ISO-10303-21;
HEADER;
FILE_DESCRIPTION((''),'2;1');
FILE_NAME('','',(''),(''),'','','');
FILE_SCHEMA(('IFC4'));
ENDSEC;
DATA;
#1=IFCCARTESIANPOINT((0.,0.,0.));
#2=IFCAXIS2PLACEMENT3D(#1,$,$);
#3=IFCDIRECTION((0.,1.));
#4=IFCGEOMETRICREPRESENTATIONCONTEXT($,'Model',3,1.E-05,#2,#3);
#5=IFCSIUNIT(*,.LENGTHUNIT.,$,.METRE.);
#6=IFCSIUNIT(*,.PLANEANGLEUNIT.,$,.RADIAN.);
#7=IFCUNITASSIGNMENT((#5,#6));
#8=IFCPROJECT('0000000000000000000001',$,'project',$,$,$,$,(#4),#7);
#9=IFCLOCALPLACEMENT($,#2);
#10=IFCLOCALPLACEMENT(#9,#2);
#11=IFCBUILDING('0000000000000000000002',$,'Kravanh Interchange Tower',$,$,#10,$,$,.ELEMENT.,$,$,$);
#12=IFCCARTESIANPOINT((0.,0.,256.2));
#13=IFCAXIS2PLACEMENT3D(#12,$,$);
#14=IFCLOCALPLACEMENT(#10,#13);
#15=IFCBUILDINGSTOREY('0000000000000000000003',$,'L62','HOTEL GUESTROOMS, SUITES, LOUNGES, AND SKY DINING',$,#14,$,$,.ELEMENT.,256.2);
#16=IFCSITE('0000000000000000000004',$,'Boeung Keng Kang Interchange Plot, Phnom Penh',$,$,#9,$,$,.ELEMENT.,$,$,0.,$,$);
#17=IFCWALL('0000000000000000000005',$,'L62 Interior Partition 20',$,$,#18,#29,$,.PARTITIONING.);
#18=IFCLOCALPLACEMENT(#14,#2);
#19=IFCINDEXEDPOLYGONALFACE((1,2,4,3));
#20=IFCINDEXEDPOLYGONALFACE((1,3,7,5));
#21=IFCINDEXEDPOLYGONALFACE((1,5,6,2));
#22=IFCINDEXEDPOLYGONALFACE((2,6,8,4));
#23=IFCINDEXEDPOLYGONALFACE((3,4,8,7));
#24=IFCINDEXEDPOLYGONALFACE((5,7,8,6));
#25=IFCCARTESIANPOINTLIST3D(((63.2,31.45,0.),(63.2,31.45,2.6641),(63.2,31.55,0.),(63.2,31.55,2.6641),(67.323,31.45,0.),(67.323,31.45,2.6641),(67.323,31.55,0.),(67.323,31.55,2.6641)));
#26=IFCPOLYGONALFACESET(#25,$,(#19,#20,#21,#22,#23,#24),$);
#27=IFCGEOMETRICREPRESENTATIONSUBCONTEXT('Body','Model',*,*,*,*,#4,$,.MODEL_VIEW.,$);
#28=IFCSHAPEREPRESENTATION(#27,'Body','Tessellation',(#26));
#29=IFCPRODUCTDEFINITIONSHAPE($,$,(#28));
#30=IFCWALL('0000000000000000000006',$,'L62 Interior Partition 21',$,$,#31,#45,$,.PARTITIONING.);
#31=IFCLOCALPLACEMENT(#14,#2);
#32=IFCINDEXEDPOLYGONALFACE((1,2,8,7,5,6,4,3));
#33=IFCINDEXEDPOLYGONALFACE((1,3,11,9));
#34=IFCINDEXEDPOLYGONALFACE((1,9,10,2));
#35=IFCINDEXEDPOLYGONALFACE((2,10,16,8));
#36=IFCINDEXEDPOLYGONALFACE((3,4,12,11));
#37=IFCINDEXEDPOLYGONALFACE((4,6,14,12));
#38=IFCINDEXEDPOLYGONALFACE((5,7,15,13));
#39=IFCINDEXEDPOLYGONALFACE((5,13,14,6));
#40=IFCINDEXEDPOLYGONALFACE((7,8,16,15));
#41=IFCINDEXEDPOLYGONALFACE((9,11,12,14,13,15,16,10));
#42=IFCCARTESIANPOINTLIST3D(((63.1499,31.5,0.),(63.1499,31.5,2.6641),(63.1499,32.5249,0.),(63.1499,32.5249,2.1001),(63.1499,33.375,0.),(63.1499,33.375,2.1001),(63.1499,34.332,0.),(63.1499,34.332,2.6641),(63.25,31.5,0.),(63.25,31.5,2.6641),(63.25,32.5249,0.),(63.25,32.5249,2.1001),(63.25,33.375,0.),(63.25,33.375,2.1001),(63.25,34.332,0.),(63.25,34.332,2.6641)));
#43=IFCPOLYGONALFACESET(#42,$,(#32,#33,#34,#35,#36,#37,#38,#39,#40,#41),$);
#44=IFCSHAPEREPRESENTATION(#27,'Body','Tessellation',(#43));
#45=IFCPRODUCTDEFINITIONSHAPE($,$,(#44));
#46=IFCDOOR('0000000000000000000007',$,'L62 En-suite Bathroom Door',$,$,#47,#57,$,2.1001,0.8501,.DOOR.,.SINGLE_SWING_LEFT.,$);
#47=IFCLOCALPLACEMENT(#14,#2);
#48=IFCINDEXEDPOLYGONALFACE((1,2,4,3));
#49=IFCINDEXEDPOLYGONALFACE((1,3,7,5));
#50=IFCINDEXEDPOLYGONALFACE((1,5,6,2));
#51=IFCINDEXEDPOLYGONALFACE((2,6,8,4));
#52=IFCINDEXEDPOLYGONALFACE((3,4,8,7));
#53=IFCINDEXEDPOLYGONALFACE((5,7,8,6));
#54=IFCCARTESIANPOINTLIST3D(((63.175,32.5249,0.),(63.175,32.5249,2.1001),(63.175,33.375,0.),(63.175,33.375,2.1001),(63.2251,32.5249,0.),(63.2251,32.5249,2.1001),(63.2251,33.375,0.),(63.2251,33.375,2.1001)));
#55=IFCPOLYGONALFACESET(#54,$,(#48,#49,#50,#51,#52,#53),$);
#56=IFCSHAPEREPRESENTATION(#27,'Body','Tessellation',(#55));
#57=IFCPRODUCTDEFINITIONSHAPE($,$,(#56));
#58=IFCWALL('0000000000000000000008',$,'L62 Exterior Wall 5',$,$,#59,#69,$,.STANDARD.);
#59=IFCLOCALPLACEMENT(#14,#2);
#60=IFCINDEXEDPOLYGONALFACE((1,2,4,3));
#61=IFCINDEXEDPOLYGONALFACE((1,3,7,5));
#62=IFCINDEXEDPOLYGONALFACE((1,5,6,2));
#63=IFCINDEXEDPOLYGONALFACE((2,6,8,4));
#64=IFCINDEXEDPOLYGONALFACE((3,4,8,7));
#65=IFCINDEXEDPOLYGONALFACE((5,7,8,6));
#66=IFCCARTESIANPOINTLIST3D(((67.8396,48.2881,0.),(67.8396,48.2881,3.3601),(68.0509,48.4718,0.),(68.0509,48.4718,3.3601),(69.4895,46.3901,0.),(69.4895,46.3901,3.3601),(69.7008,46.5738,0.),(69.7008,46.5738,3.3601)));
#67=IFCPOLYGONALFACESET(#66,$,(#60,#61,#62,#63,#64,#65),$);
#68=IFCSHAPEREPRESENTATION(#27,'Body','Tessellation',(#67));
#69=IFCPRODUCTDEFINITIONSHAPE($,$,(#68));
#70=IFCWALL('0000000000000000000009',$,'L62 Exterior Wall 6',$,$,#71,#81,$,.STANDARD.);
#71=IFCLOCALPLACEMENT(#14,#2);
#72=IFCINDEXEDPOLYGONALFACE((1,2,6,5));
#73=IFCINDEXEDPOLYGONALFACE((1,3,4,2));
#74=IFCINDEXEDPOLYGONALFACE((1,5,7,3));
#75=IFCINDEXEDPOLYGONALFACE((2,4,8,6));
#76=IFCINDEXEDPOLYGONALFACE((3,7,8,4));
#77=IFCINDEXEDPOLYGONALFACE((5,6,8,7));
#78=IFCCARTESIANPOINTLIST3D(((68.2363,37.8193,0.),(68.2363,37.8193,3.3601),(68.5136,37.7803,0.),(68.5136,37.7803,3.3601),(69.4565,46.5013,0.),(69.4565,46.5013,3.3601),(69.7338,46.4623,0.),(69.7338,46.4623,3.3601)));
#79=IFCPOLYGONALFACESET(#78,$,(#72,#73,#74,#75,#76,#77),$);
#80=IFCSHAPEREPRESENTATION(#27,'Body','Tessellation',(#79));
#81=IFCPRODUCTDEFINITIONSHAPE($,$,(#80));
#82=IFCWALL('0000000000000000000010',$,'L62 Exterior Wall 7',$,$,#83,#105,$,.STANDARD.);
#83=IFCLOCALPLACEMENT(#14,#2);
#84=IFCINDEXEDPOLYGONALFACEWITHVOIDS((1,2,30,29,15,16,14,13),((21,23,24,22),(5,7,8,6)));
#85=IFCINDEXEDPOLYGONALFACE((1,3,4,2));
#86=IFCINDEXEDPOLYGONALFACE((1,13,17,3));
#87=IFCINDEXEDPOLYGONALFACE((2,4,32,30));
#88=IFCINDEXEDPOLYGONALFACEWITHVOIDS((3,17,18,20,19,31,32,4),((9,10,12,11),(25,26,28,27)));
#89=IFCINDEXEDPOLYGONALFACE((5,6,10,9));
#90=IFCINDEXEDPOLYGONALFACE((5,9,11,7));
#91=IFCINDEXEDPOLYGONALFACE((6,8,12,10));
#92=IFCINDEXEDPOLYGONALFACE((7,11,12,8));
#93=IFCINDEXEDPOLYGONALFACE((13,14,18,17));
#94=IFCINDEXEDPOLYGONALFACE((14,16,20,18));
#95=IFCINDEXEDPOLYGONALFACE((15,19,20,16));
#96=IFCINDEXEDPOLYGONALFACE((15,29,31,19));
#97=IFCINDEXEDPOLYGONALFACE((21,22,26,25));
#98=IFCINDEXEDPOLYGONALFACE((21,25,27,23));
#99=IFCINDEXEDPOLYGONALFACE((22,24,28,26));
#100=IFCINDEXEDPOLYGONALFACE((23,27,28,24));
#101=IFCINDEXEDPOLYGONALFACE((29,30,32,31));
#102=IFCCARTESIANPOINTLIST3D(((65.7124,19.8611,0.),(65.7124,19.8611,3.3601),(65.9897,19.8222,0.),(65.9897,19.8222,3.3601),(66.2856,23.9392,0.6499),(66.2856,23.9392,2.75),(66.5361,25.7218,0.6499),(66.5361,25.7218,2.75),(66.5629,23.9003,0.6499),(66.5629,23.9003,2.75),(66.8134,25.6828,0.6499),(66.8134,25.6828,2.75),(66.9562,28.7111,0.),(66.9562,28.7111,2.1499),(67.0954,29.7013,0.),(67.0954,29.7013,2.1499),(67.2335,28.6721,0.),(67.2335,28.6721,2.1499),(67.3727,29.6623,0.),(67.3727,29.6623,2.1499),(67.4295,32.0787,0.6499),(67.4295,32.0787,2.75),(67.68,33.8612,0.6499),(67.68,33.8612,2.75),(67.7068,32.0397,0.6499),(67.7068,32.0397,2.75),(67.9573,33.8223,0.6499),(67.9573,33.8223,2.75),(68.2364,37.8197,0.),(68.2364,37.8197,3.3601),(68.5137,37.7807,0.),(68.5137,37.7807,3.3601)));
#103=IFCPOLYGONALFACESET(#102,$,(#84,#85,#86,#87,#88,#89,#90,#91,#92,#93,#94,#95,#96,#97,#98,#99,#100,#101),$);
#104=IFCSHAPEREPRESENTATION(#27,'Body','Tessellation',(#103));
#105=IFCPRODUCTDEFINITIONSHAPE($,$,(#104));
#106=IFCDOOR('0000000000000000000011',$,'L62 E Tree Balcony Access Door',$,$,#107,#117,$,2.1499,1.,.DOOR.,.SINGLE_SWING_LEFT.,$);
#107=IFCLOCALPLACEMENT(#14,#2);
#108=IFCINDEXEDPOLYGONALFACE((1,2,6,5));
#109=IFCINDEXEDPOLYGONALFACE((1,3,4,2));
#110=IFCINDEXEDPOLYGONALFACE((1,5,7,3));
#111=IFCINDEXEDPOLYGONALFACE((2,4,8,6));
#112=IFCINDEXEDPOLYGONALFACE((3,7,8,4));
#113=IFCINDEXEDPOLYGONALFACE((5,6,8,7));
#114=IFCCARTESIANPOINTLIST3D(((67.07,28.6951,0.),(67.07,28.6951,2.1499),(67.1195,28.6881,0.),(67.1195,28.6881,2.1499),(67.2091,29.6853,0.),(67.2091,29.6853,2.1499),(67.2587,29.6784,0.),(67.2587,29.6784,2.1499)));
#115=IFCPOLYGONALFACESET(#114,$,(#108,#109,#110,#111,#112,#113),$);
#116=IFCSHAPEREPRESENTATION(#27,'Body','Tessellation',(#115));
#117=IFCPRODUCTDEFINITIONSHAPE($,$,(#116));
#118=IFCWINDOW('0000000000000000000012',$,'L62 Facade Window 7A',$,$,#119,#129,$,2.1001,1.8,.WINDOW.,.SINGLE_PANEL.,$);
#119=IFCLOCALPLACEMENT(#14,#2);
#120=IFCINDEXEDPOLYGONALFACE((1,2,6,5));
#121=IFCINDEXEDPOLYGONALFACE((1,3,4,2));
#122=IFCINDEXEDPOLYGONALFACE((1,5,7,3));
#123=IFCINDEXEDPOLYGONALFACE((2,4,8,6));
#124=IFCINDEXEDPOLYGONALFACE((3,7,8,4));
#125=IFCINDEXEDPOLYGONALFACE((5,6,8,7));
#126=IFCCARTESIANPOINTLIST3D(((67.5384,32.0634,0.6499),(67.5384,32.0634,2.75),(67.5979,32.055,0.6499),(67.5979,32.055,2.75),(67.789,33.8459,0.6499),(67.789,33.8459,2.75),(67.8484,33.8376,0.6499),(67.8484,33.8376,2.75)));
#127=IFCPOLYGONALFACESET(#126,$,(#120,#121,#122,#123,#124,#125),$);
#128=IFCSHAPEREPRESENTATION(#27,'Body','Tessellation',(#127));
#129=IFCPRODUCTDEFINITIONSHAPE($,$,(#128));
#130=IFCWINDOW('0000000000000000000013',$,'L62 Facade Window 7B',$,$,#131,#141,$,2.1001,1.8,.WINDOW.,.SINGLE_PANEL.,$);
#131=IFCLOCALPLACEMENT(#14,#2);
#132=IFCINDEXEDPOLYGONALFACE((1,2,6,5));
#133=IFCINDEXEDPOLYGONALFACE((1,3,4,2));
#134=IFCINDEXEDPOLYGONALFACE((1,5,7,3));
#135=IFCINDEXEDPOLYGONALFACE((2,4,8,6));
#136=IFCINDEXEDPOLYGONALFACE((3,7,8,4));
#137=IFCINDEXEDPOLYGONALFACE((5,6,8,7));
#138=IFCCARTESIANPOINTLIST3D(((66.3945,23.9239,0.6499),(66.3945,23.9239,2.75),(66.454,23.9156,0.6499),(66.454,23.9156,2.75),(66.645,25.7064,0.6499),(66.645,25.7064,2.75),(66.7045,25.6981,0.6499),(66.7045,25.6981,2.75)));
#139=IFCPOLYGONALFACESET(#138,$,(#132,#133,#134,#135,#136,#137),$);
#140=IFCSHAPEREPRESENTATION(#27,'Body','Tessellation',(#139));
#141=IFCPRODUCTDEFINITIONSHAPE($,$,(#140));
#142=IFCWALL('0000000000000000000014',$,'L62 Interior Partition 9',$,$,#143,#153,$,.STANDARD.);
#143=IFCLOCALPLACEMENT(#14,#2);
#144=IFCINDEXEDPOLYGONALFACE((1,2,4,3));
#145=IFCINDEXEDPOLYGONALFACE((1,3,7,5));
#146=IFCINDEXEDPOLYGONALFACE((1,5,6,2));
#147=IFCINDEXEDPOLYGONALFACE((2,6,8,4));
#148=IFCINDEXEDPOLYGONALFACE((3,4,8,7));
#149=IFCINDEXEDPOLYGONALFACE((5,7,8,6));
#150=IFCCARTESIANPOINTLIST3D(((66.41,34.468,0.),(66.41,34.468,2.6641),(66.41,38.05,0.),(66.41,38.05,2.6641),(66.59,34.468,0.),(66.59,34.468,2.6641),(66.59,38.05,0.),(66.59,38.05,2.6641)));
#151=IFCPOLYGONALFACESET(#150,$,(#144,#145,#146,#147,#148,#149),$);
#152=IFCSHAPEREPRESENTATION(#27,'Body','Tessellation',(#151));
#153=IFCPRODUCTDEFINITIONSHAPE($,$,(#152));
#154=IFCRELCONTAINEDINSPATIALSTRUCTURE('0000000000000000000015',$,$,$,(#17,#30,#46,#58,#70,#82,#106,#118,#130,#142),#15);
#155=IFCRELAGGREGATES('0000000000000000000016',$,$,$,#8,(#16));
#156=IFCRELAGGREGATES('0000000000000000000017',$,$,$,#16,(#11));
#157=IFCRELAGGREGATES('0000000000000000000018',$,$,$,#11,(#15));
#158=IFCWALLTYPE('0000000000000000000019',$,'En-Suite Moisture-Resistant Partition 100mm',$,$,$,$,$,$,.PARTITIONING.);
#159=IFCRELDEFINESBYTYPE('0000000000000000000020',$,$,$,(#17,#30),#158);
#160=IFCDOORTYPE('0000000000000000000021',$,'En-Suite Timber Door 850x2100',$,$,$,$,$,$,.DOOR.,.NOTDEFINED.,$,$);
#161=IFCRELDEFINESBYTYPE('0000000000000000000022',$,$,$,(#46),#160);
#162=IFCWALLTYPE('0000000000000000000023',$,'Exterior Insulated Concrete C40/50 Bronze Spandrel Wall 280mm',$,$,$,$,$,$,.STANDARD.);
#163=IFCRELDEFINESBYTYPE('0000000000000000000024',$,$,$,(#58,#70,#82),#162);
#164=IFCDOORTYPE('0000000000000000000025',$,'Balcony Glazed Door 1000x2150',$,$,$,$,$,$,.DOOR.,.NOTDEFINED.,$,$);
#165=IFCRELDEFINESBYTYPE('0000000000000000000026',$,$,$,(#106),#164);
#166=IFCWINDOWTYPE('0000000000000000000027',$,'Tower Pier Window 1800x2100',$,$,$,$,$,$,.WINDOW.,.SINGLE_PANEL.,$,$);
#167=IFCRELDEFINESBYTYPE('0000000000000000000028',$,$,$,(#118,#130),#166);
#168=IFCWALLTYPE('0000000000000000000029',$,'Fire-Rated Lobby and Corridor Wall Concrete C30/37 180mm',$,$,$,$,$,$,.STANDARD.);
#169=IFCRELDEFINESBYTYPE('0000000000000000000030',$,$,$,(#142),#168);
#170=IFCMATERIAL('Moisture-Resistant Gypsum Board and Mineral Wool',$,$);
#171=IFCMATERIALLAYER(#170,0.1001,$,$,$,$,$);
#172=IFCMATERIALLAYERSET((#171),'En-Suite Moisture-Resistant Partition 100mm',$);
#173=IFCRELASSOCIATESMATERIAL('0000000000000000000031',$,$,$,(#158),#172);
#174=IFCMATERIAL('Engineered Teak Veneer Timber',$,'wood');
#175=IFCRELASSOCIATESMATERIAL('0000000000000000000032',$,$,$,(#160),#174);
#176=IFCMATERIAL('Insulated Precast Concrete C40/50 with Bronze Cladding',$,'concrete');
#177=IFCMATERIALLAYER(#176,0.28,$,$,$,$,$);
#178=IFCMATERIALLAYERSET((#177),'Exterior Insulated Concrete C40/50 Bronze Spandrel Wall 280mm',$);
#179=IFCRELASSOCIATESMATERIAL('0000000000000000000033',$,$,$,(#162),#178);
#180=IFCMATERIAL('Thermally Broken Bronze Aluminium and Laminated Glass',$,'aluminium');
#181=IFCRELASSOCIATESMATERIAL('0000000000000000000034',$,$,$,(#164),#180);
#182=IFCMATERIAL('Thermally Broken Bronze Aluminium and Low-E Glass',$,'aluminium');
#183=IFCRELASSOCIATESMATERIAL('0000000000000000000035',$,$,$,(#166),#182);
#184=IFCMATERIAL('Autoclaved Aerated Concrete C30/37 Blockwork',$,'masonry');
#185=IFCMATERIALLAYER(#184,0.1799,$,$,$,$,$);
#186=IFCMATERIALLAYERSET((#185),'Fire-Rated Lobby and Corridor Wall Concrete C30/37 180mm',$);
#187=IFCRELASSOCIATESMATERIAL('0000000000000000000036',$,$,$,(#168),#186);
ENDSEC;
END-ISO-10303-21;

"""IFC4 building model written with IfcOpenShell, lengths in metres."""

from ifc_helpers import new_model, si_unit, direction, frame, frame_2d, origin, place, context, subcontext, project, spatial, rectangle, extrude, material, layer, layer_set, type_object, element, fill, save


model = new_model("IFC4")

# Units and contexts
model_context = context("Model", 3, precision=1e-05, world=origin(), true_north=direction((0.0, 1.0)))
body_context = subcontext(model_context, "Body", "Model", "MODEL_VIEW")
ifc_project = project(units=[si_unit("LENGTHUNIT", "METRE"), si_unit("PLANEANGLEUNIT", "RADIAN")], contexts=[model_context])

# Site, building, storey
site_placement = place(None, origin())
site = spatial("IfcSite", under=ifc_project, at=site_placement, Name="Boeung Keng Kang Interchange Plot, Phnom Penh", CompositionType="ELEMENT", RefElevation=0.0)
building_placement = place(site_placement, origin())
building = spatial("IfcBuilding", under=site, at=building_placement, Name="Kravanh Interchange Tower", CompositionType="ELEMENT")
storey_placement = place(building_placement, frame((0.0, 0.0, 256.2)))
storey = spatial("IfcBuildingStorey", under=building, at=storey_placement, Name="L62", Description="HOTEL GUESTROOMS, SUITES, LOUNGES, AND SKY DINING", CompositionType="ELEMENT", Elevation=256.2)

# Wall
ifc_material_1 = material(Name="Moisture-Resistant Gypsum Board and Mineral Wool")
ifc_layer_1 = layer(ifc_material_1, 0.1001)
ifc_layer_set_1 = layer_set([ifc_layer_1], Name="En-Suite Moisture-Resistant Partition 100mm")
wall_type_1 = type_object("IfcWallType", Name="En-Suite Moisture-Resistant Partition 100mm", PredefinedType="PARTITIONING", material=ifc_layer_set_1)
wall_1_placement = place(storey_placement, frame((63.2, 31.5, 0.0), z_axis=(0.0, 0.0, 1.0), x_axis=(1.0, 0.0, 0.0)))
element("IfcWall", 1, at=wall_1_placement, inside=storey, type_object=wall_type_1, Name="L62 Interior Partition 20", PredefinedType="PARTITIONING", context=body_context, shape_type="SweptSolid", body=[
    extrude(rectangle(XDim=4.123, YDim=0.1001, at=frame_2d((2.0615, 0.0))), origin(), (0.0, 0.0, 1.0), 2.6641),
])

# Wall, opening, door
wall_2_placement = place(storey_placement, frame((63.2, 31.5, 0.0), z_axis=(0.0, 0.0, 1.0), x_axis=(0.0, 1.0, 0.0)))
wall_2 = element("IfcWall", 2, at=wall_2_placement, inside=storey, type_object=wall_type_1, Name="L62 Interior Partition 21", PredefinedType="PARTITIONING", context=body_context, shape_type="SweptSolid", body=[
    extrude(rectangle(XDim=2.832, YDim=0.1001, at=frame_2d((1.416, 0.0))), origin(), (0.0, 0.0, 1.0), 2.6641),
])
opening_1_placement = place(wall_2_placement, frame((1.0249, 0.0, 0.0)))
opening_1 = element("IfcOpeningElement", 3, at=opening_1_placement, cuts=wall_2, PredefinedType="OPENING", context=body_context, shape_type="SweptSolid", body=[
    extrude(rectangle(XDim=0.8501, YDim=2.1001, at=frame_2d((0.425, 1.05))), frame((0.0, 0.0601, 0.0), z_axis=(0.0, -1.0, 0.0), x_axis=(1.0, 0.0, 0.0)), (0.0, 0.0, 1.0), 0.1201),
])
ifc_material_2 = material(Name="Engineered Teak Veneer Timber", Category="wood")
door_type_1 = type_object("IfcDoorType", Name="En-Suite Timber Door 850x2100", OperationType="NOTDEFINED", PredefinedType="DOOR", material=ifc_material_2)
door_1_placement = place(opening_1_placement, origin())
door_1 = element("IfcDoor", 4, at=door_1_placement, inside=storey, type_object=door_type_1, Name="L62 En-suite Bathroom Door", OperationType="SINGLE_SWING_LEFT", OverallHeight=2.1001, OverallWidth=0.8501, PredefinedType="DOOR", context=body_context, shape_type="SweptSolid", body=[
    extrude(rectangle(XDim=0.8501, YDim=2.1001, at=frame_2d((0.425, 1.05))), frame((0.0, 0.0249, 0.0), z_axis=(0.0, -1.0, 0.0), x_axis=(1.0, 0.0, 0.0)), (0.0, 0.0, 1.0), 0.05),
])
fill(opening_1, door_1)

# Walls
ifc_material_3 = material(Name="Insulated Precast Concrete C40/50 with Bronze Cladding", Category="concrete")
ifc_layer_2 = layer(ifc_material_3, 0.28)
ifc_layer_set_2 = layer_set([ifc_layer_2], Name="Exterior Insulated Concrete C40/50 Bronze Spandrel Wall 280mm")
wall_type_2 = type_object("IfcWallType", Name="Exterior Insulated Concrete C40/50 Bronze Spandrel Wall 280mm", PredefinedType="STANDARD", material=ifc_layer_set_2)
wall_3_placement = place(storey_placement, frame((67.9453, 48.3799, 0.0), z_axis=(0.0, 0.0, 1.0), x_axis=(0.656068, -0.754702, 0.0)))
element("IfcWall", 5, at=wall_3_placement, inside=storey, type_object=wall_type_2, Name="L62 Exterior Wall 5", PredefinedType="STANDARD", context=body_context, shape_type="SweptSolid", body=[
    extrude(rectangle(XDim=2.5149, YDim=0.28, at=frame_2d((1.2573, 0.0))), origin(), (0.0, 0.0, 1.0), 3.3601),
])
wall_4_placement = place(storey_placement, frame((69.5952, 46.4819, 0.0), z_axis=(0.0, 0.0, 1.0), x_axis=(-0.139179, -0.990267, 0.0)))
element("IfcWall", 6, at=wall_4_placement, inside=storey, type_object=wall_type_2, Name="L62 Exterior Wall 6", PredefinedType="STANDARD", context=body_context, shape_type="SweptSolid", body=[
    extrude(rectangle(XDim=8.7673, YDim=0.28, at=frame_2d((4.3838, 0.0))), origin(), (0.0, 0.0, 1.0), 3.3601),
])

# Wall, openings, door, windows
wall_5_placement = place(storey_placement, frame((68.375, 37.8, 0.0), z_axis=(0.0, 0.0, 1.0), x_axis=(-0.139174, -0.990268, 0.0)))
wall_5 = element("IfcWall", 7, at=wall_5_placement, inside=storey, type_object=wall_type_2, Name="L62 Exterior Wall 7", PredefinedType="STANDARD", context=body_context, shape_type="SweptSolid", body=[
    extrude(rectangle(XDim=18.135, YDim=0.28, at=frame_2d((9.0674, 0.0))), origin(), (0.0, 0.0, 1.0), 3.3601),
])
opening_2_placement = place(wall_5_placement, frame((8.198, 0.0, 0.0)))
opening_2 = element("IfcOpeningElement", 8, at=opening_2_placement, cuts=wall_5, PredefinedType="OPENING", context=body_context, shape_type="SweptSolid", body=[
    extrude(rectangle(XDim=1.0, YDim=2.1499, at=frame_2d((0.5, 1.075))), frame((0.0, 0.1499, 0.0), z_axis=(0.0, -1.0, 0.0), x_axis=(1.0, 0.0, 0.0)), (0.0, 0.0, 1.0), 0.3),
])
opening_3_placement = place(wall_5_placement, frame((3.9973, 0.0, 0.6499)))
opening_3 = element("IfcOpeningElement", 9, at=opening_3_placement, cuts=wall_5, PredefinedType="OPENING", context=body_context, shape_type="SweptSolid", body=[
    extrude(rectangle(XDim=1.8, YDim=2.1001, at=frame_2d((0.8999, 1.05))), frame((0.0, 0.1499, 0.0), z_axis=(0.0, -1.0, 0.0), x_axis=(1.0, 0.0, 0.0)), (0.0, 0.0, 1.0), 0.3),
])
opening_4_placement = place(wall_5_placement, frame((12.2168, 0.0, 0.6499)))
opening_4 = element("IfcOpeningElement", 10, at=opening_4_placement, cuts=wall_5, PredefinedType="OPENING", context=body_context, shape_type="SweptSolid", body=[
    extrude(rectangle(XDim=1.8, YDim=2.1001, at=frame_2d((0.8999, 1.05))), frame((0.0, 0.1499, 0.0), z_axis=(0.0, -1.0, 0.0), x_axis=(1.0, 0.0, 0.0)), (0.0, 0.0, 1.0), 0.3),
])
ifc_material_4 = material(Name="Thermally Broken Bronze Aluminium and Laminated Glass", Category="aluminium")
door_type_2 = type_object("IfcDoorType", Name="Balcony Glazed Door 1000x2150", OperationType="NOTDEFINED", PredefinedType="DOOR", material=ifc_material_4)
door_2_placement = place(opening_2_placement, origin())
door_2 = element("IfcDoor", 11, at=door_2_placement, inside=storey, type_object=door_type_2, Name="L62 E Tree Balcony Access Door", OperationType="SINGLE_SWING_LEFT", OverallHeight=2.1499, OverallWidth=1.0, PredefinedType="DOOR", context=body_context, shape_type="SweptSolid", body=[
    extrude(rectangle(XDim=1.0, YDim=2.1499, at=frame_2d((0.5, 1.075))), frame((0.0, 0.0249, 0.0), z_axis=(0.0, -1.0, 0.0), x_axis=(1.0, 0.0, 0.0)), (0.0, 0.0, 1.0), 0.05),
])
fill(opening_2, door_2)
ifc_material_5 = material(Name="Thermally Broken Bronze Aluminium and Low-E Glass", Category="aluminium")
window_type = type_object("IfcWindowType", Name="Tower Pier Window 1800x2100", PartitioningType="SINGLE_PANEL", PredefinedType="WINDOW", material=ifc_material_5)
window_1_placement = place(opening_3_placement, origin())
window_1 = element("IfcWindow", 12, at=window_1_placement, inside=storey, type_object=window_type, Name="L62 Facade Window 7A", OverallHeight=2.1001, OverallWidth=1.8, PartitioningType="SINGLE_PANEL", PredefinedType="WINDOW", context=body_context, shape_type="SweptSolid", body=[
    extrude(rectangle(XDim=1.8, YDim=2.1001, at=frame_2d((0.8999, 1.05))), frame((0.0, 0.03, 0.0), z_axis=(0.0, -1.0, 0.0), x_axis=(1.0, 0.0, 0.0)), (0.0, 0.0, 1.0), 0.0601),
])
fill(opening_3, window_1)
window_2_placement = place(opening_4_placement, origin())
window_2 = element("IfcWindow", 13, at=window_2_placement, inside=storey, type_object=window_type, Name="L62 Facade Window 7B", OverallHeight=2.1001, OverallWidth=1.8, PartitioningType="SINGLE_PANEL", PredefinedType="WINDOW", context=body_context, shape_type="SweptSolid", body=[
    extrude(rectangle(XDim=1.8, YDim=2.1001, at=frame_2d((0.8999, 1.05))), frame((0.0, 0.03, 0.0), z_axis=(0.0, -1.0, 0.0), x_axis=(1.0, 0.0, 0.0)), (0.0, 0.0, 1.0), 0.0601),
])
fill(opening_4, window_2)

# Wall
ifc_material_6 = material(Name="Autoclaved Aerated Concrete C30/37 Blockwork", Category="masonry")
ifc_layer_3 = layer(ifc_material_6, 0.1799)
ifc_layer_set_3 = layer_set([ifc_layer_3], Name="Fire-Rated Lobby and Corridor Wall Concrete C30/37 180mm")
wall_type_3 = type_object("IfcWallType", Name="Fire-Rated Lobby and Corridor Wall Concrete C30/37 180mm", PredefinedType="STANDARD", material=ifc_layer_set_3)
wall_6_placement = place(storey_placement, frame((66.5, 34.468, 0.0), z_axis=(0.0, 0.0, 1.0), x_axis=(0.0, 1.0, 0.0)))
element("IfcWall", 14, at=wall_6_placement, inside=storey, type_object=wall_type_3, Name="L62 Interior Partition 9", PredefinedType="STANDARD", context=body_context, shape_type="SweptSolid", body=[
    extrude(rectangle(XDim=3.582, YDim=0.1799, at=frame_2d((1.791, 0.0))), origin(), (0.0, 0.0, 1.0), 2.6641),
])

save(model, "model.ifc")
